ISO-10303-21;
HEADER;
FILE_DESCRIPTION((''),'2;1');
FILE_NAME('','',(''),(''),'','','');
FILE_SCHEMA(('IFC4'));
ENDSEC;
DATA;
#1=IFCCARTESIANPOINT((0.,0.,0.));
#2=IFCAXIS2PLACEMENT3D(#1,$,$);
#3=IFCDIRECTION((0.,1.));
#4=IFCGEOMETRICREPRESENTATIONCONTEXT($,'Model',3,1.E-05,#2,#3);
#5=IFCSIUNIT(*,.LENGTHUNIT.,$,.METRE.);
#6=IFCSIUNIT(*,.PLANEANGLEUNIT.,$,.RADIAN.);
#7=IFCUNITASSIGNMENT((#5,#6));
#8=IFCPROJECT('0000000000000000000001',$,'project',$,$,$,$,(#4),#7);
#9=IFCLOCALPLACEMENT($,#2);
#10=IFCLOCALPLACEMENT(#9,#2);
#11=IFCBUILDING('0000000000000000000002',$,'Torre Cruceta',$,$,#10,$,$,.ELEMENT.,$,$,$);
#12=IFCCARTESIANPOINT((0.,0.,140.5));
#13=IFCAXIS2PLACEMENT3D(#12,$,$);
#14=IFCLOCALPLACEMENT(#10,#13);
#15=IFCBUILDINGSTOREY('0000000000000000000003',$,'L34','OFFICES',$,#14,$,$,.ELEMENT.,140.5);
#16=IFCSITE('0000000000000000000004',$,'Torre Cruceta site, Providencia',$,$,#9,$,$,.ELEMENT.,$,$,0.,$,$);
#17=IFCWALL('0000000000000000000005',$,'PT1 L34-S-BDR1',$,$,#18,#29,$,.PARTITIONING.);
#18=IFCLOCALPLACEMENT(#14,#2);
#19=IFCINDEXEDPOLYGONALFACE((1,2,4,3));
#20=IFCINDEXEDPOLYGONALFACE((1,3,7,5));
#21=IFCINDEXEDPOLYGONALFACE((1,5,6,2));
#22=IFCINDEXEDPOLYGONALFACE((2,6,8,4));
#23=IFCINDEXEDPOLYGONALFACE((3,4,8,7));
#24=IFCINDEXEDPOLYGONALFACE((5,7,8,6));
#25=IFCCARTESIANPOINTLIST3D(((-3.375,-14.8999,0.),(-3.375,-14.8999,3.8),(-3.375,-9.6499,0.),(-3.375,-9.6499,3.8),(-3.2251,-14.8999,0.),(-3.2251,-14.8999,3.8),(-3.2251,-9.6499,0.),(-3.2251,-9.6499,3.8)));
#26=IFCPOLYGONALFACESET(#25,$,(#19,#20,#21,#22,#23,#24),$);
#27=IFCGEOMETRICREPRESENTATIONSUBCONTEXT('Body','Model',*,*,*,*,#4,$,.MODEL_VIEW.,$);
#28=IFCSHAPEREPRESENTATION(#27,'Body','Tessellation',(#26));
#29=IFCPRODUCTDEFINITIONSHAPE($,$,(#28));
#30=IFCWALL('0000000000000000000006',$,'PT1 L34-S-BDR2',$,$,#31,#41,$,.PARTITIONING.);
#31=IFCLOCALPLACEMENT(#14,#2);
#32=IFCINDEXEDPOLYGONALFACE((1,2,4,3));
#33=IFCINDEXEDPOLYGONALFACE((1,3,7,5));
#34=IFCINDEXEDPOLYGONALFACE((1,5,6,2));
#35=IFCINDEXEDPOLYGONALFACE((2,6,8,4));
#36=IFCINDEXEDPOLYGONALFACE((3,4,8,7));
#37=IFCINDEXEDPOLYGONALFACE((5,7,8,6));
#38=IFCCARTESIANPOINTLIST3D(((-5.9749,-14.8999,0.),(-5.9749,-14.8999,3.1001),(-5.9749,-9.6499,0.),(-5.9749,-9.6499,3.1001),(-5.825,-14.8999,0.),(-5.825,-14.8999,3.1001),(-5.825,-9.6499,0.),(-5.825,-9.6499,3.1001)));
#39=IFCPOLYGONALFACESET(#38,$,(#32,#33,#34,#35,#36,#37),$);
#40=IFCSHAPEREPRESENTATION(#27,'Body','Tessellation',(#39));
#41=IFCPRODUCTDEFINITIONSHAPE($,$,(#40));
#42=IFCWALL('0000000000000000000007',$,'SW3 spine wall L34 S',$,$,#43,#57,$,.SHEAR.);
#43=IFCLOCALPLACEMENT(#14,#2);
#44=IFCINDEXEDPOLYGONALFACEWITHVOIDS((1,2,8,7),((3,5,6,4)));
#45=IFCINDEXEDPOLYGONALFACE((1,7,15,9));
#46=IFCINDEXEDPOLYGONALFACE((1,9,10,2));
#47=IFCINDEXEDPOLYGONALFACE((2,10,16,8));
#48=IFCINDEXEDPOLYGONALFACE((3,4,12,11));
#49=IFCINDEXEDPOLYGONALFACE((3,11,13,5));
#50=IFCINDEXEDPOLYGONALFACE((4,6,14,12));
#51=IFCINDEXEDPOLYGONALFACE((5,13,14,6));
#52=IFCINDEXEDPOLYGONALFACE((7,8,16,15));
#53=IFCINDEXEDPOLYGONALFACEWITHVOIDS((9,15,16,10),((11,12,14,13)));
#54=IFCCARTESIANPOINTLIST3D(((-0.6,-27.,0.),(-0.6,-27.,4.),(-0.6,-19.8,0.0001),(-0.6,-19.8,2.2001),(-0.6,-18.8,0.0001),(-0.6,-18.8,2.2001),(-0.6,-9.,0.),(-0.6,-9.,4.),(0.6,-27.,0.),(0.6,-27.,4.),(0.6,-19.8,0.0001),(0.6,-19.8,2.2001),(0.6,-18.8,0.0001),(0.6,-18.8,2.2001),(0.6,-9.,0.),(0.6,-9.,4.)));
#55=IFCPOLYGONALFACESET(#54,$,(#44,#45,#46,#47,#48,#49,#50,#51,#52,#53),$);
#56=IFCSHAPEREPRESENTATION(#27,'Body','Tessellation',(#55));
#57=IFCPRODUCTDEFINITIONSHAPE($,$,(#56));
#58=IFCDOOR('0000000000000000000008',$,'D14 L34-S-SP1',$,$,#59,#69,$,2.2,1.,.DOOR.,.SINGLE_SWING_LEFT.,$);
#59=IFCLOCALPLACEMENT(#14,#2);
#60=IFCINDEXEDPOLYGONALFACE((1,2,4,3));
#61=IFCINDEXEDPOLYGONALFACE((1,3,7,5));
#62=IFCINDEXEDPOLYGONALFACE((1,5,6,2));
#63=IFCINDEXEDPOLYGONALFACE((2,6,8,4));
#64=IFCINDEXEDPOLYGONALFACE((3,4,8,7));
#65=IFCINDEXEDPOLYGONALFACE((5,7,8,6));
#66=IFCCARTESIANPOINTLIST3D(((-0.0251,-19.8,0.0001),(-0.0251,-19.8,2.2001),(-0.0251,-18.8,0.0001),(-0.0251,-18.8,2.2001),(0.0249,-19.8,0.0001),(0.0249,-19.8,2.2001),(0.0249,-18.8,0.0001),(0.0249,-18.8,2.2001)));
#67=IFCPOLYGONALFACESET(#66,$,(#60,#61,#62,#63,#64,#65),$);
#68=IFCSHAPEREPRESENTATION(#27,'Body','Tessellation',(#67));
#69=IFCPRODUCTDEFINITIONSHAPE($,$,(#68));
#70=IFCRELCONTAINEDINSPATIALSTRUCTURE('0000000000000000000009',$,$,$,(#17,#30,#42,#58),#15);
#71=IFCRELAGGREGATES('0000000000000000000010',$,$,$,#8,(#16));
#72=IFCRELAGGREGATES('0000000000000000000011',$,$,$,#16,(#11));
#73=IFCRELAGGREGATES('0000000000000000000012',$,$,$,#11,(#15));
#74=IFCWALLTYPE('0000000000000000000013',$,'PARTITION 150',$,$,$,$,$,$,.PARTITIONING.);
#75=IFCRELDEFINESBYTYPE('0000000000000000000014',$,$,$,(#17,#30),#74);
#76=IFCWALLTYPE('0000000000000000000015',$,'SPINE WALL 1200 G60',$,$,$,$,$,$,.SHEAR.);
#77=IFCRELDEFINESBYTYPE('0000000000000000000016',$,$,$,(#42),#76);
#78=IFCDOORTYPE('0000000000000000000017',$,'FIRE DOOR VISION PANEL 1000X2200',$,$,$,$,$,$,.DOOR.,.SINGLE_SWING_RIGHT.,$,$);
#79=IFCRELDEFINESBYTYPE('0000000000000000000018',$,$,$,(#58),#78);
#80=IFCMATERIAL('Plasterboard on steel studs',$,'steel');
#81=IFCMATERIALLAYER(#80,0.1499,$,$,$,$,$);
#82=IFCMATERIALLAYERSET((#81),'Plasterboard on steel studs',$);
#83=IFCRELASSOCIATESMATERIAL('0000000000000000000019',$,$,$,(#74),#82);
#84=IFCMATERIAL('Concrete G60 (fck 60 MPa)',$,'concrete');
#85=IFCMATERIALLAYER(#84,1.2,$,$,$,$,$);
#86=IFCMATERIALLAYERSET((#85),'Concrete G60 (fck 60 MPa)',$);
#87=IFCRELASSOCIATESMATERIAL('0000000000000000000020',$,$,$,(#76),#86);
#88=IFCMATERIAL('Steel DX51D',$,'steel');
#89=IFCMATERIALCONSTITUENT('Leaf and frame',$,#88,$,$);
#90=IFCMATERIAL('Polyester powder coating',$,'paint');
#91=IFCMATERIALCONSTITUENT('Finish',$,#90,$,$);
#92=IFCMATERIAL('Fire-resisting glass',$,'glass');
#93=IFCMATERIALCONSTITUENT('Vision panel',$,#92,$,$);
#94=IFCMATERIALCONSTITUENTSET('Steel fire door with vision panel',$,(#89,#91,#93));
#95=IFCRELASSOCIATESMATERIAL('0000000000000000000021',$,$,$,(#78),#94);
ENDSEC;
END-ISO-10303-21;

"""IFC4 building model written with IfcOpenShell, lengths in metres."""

from ifc_helpers import new_model, si_unit, direction, frame, frame_2d, origin, place, context, subcontext, project, spatial, rectangle, extrude, material, layer, layer_set, constituent, constituent_set, type_object, element, fill, save


model = new_model("IFC4")

# Units and contexts
model_context = context("Model", 3, precision=1e-05, world=origin(), true_north=direction((0.0, 1.0)))
body_context = subcontext(model_context, "Body", "Model", "MODEL_VIEW")
ifc_project = project(units=[si_unit("LENGTHUNIT", "METRE"), si_unit("PLANEANGLEUNIT", "RADIAN")], contexts=[model_context])

# Site, building, storey
site_placement = place(None, origin())
site = spatial("IfcSite", under=ifc_project, at=site_placement, Name="Torre Cruceta site, Providencia", CompositionType="ELEMENT", RefElevation=0.0)
building_placement = place(site_placement, origin())
building = spatial("IfcBuilding", under=site, at=building_placement, Name="Torre Cruceta", CompositionType="ELEMENT")
storey_placement = place(building_placement, frame((0.0, 0.0, 140.5)))
storey = spatial("IfcBuildingStorey", under=building, at=storey_placement, Name="L34", Description="OFFICES", CompositionType="ELEMENT", Elevation=140.5)

# Shared definitions
ifc_material_1 = material(Name="Plasterboard on steel studs", Category="steel")
ifc_layer_1 = layer(ifc_material_1, 0.1499)
ifc_layer_set_1 = layer_set([ifc_layer_1], Name="Plasterboard on steel studs")
wall_type_1 = type_object("IfcWallType", Name="PARTITION 150", PredefinedType="PARTITIONING", material=ifc_layer_set_1)

# Walls
wall_1_placement = place(storey_placement, frame((-3.3, -9.6499, 0.0), z_axis=(0.0, 0.0, 1.0), x_axis=(0.0, -1.0, 0.0)))
element("IfcWall", 1, at=wall_1_placement, inside=storey, type_object=wall_type_1, Name="PT1 L34-S-BDR1", PredefinedType="PARTITIONING", context=body_context, shape_type="SweptSolid", body=[
    extrude(rectangle(XDim=5.25, YDim=0.1499, at=frame_2d((2.625, 0.0))), origin(), (0.0, 0.0, 1.0), 3.8),
])
wall_2_placement = place(storey_placement, frame((-5.8999, -9.6499, 0.0), z_axis=(0.0, 0.0, 1.0), x_axis=(0.0, -1.0, 0.0)))
element("IfcWall", 2, at=wall_2_placement, inside=storey, type_object=wall_type_1, Name="PT1 L34-S-BDR2", PredefinedType="PARTITIONING", context=body_context, shape_type="SweptSolid", body=[
    extrude(rectangle(XDim=5.25, YDim=0.1499, at=frame_2d((2.625, 0.0))), origin(), (0.0, 0.0, 1.0), 3.1001),
])

# Wall, opening, door
ifc_material_2 = material(Name="Concrete G60 (fck 60 MPa)", Category="concrete")
ifc_layer_2 = layer(ifc_material_2, 1.2)
ifc_layer_set_2 = layer_set([ifc_layer_2], Name="Concrete G60 (fck 60 MPa)")
wall_type_2 = type_object("IfcWallType", Name="SPINE WALL 1200 G60", PredefinedType="SHEAR", material=ifc_layer_set_2)
wall_3_placement = place(storey_placement, frame((0.0, -9.0, 0.0), z_axis=(0.0, 0.0, 1.0), x_axis=(0.0, -1.0, 0.0)))
wall_3 = element("IfcWall", 3, at=wall_3_placement, inside=storey, type_object=wall_type_2, Name="SW3 spine wall L34 S", PredefinedType="SHEAR", context=body_context, shape_type="SweptSolid", body=[
    extrude(rectangle(XDim=18.0, YDim=1.2, at=frame_2d((9.0, 0.0))), origin(), (0.0, 0.0, 1.0), 4.0),
])
opening_1_placement = place(wall_3_placement, frame((9.8, 0.0, 0.0)))
opening_1 = element("IfcOpeningElement", 4, at=opening_1_placement, cuts=wall_3, PredefinedType="OPENING", context=body_context, shape_type="SweptSolid", body=[
    extrude(rectangle(XDim=1.0, YDim=2.2, at=frame_2d((0.5, 1.1001))), frame((0.0, 0.6099, 0.0), z_axis=(0.0, -1.0, 0.0), x_axis=(1.0, 0.0, 0.0)), (0.0, 0.0, 1.0), 1.22),
])
ifc_material_3 = material(Name="Steel DX51D", Category="steel")
ifc_constituent_1 = constituent(ifc_material_3, Name="Leaf and frame")
ifc_material_4 = material(Name="Polyester powder coating", Category="paint")
ifc_constituent_2 = constituent(ifc_material_4, Name="Finish")
ifc_material_5 = material(Name="Fire-resisting glass", Category="glass")
ifc_constituent_3 = constituent(ifc_material_5, Name="Vision panel")
ifc_constituent_set_1 = constituent_set(constituents=[ifc_constituent_1, ifc_constituent_2, ifc_constituent_3], Name="Steel fire door with vision panel")
door_type_1 = type_object("IfcDoorType", Name="FIRE DOOR VISION PANEL 1000X2200", OperationType="SINGLE_SWING_RIGHT", PredefinedType="DOOR", material=ifc_constituent_set_1)
door_1_placement = place(opening_1_placement, frame((1.0, 0.0, 0.0), z_axis=(0.0, 0.0, 1.0), x_axis=(-1.0, 0.0, 0.0)))
door_1 = element("IfcDoor", 5, at=door_1_placement, inside=storey, type_object=door_type_1, Name="D14 L34-S-SP1", OperationType="SINGLE_SWING_LEFT", OverallHeight=2.2, OverallWidth=1.0, PredefinedType="DOOR", context=body_context, shape_type="SweptSolid", body=[
    extrude(rectangle(XDim=1.0, YDim=2.2, at=frame_2d((0.5, 1.1001))), frame((0.0, 0.0251, 0.0), z_axis=(0.0, -1.0, 0.0), x_axis=(1.0, 0.0, 0.0)), (0.0, 0.0, 1.0), 0.05),
])
fill(opening_1, door_1)

save(model, "model.ifc")
